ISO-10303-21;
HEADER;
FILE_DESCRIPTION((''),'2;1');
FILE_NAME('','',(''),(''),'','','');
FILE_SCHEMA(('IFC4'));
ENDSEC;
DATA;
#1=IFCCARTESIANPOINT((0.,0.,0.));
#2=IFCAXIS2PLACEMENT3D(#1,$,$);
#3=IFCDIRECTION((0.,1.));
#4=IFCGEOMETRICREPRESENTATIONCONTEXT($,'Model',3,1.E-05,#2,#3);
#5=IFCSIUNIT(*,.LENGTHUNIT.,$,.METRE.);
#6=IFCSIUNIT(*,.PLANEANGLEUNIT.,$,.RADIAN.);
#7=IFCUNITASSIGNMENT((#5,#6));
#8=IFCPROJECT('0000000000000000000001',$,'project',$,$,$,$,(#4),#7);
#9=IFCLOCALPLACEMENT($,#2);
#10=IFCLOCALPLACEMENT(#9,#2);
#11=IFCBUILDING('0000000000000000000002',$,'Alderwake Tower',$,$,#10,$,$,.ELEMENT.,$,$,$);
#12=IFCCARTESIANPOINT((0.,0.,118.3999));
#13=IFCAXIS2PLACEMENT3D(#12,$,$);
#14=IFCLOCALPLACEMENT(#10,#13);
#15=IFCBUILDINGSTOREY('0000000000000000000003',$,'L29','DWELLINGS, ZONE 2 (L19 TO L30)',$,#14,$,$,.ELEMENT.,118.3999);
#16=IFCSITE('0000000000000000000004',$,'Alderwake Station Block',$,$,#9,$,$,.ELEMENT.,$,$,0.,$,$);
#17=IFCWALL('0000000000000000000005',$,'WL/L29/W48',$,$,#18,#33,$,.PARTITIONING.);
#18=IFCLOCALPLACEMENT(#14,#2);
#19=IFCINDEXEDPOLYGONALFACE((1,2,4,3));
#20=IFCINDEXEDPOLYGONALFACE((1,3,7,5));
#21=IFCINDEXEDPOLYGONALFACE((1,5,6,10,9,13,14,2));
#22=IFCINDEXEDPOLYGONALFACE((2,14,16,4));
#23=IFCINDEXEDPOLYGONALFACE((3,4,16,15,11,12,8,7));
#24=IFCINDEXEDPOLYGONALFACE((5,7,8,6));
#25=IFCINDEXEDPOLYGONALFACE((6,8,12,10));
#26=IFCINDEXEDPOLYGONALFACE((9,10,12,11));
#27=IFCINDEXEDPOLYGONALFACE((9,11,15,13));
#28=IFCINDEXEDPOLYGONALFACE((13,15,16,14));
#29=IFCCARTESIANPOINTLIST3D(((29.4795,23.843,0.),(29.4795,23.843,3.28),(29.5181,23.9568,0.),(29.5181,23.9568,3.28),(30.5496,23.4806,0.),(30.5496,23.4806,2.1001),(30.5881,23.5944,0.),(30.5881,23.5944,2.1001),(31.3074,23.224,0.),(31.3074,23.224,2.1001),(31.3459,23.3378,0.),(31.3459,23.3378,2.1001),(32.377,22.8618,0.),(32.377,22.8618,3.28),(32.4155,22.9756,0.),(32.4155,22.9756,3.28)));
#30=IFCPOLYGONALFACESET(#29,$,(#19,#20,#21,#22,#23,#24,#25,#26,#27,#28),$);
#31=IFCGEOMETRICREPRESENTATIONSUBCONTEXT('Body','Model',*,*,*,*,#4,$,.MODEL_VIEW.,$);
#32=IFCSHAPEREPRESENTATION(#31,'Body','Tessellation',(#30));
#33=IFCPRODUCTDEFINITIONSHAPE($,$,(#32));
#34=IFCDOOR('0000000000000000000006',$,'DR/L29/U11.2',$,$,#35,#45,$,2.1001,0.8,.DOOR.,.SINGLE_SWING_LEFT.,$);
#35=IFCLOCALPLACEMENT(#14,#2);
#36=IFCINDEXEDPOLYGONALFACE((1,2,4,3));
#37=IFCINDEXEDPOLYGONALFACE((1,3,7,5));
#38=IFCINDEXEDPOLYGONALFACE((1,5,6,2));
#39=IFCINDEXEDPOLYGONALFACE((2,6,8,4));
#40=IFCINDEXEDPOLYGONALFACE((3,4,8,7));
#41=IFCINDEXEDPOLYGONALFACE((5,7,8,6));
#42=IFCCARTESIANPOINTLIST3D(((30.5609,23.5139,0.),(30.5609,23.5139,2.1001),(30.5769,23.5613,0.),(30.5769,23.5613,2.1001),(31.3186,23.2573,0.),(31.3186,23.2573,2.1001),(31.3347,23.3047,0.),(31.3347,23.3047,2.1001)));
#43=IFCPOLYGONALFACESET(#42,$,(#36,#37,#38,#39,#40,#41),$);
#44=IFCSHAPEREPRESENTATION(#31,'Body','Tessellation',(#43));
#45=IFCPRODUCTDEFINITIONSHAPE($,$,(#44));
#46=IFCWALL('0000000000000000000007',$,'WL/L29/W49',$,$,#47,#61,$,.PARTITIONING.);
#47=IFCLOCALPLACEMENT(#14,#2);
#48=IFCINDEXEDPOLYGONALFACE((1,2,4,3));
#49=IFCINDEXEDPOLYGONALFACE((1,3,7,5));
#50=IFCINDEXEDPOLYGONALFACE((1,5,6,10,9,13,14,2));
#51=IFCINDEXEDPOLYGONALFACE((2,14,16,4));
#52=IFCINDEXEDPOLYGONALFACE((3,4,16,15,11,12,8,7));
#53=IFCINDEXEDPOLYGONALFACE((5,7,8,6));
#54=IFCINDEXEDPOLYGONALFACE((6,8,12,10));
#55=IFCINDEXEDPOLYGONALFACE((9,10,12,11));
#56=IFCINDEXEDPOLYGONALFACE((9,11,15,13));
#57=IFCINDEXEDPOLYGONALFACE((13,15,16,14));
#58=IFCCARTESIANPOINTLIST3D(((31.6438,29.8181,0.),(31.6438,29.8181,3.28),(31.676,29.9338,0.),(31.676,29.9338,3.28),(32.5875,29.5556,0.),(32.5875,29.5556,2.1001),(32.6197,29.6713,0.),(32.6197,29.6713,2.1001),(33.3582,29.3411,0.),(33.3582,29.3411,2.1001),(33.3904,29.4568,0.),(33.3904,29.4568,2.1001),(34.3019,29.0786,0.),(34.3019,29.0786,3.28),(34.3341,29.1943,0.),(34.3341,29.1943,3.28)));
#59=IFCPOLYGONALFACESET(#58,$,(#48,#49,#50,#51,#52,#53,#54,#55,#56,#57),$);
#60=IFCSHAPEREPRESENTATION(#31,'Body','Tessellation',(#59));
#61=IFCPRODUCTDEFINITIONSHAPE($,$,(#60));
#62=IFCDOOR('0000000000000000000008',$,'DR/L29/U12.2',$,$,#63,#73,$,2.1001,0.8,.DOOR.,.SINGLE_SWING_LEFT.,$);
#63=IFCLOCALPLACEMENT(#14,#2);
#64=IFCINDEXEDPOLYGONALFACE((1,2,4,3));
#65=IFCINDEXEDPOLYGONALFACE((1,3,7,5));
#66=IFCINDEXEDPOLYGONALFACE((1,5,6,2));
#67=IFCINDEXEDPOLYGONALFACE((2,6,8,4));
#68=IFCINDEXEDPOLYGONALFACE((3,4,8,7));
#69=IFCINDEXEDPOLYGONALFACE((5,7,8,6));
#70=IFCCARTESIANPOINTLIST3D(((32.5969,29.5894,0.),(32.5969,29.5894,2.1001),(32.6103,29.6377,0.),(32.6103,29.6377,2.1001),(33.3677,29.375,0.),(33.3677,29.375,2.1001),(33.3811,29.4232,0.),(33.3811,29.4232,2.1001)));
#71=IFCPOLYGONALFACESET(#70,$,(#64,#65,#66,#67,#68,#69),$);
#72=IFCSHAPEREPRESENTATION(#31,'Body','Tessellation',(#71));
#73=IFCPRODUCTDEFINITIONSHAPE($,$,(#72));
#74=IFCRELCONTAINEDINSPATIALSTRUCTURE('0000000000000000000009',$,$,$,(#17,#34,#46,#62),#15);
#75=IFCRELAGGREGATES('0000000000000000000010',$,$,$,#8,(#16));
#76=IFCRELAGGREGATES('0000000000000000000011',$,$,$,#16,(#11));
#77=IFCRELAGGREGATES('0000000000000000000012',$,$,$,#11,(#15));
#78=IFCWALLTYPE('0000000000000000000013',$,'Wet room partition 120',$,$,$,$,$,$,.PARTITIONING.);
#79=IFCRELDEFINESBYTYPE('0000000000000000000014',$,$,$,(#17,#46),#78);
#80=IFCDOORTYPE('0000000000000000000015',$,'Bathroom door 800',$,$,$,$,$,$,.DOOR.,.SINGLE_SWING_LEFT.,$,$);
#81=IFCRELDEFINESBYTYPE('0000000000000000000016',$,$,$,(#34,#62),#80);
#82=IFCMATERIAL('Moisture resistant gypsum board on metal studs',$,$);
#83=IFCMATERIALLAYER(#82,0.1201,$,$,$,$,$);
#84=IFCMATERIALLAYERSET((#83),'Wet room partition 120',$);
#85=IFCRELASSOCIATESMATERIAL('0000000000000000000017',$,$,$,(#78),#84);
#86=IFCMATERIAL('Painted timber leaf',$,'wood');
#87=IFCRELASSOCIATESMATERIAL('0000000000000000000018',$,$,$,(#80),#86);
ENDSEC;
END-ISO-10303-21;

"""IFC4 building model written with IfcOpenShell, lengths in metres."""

from ifc_helpers import new_model, si_unit, direction, frame, frame_2d, origin, place, context, subcontext, project, spatial, rectangle, extrude, material, layer, layer_set, type_object, element, fill, save


model = new_model("IFC4")

# Units and contexts
model_context = context("Model", 3, precision=1e-05, world=origin(), true_north=direction((0.0, 1.0)))
body_context = subcontext(model_context, "Body", "Model", "MODEL_VIEW")
ifc_project = project(units=[si_unit("LENGTHUNIT", "METRE"), si_unit("PLANEANGLEUNIT", "RADIAN")], contexts=[model_context])

# Site, building, storey
site_placement = place(None, origin())
site = spatial("IfcSite", under=ifc_project, at=site_placement, Name="Alderwake Station Block", CompositionType="ELEMENT", RefElevation=0.0)
building_placement = place(site_placement, origin())
building = spatial("IfcBuilding", under=site, at=building_placement, Name="Alderwake Tower", CompositionType="ELEMENT")
storey_placement = place(building_placement, frame((0.0, 0.0, 118.3999)))
storey = spatial("IfcBuildingStorey", under=building, at=storey_placement, Name="L29", Description="DWELLINGS, ZONE 2 (L19 TO L30)", CompositionType="ELEMENT", Elevation=118.3999)

# Shared definitions
ifc_material_1 = material(Name="Moisture resistant gypsum board on metal studs")
ifc_layer_1 = layer(ifc_material_1, 0.1201)
ifc_layer_set_1 = layer_set([ifc_layer_1], Name="Wet room partition 120")
wall_type_1 = type_object("IfcWallType", Name="Wet room partition 120", PredefinedType="PARTITIONING", material=ifc_layer_set_1)

# Walls, openings, doors
wall_1_placement = place(storey_placement, frame((32.3962, 22.9187, 0.0), z_axis=(0.0, 0.0, 1.0), x_axis=(-0.947164, 0.320749, 0.0)))
wall_1 = element("IfcWall", 1, at=wall_1_placement, inside=storey, type_object=wall_type_1, Name="WL/L29/W48", PredefinedType="PARTITIONING", context=body_context, shape_type="SweptSolid", body=[
    extrude(rectangle(XDim=3.0591, YDim=0.1201, at=frame_2d((1.5295, 0.0))), origin(), (0.0, 0.0, 1.0), 3.28),
])
opening_1_placement = place(wall_1_placement, frame((1.1294, 0.0, 0.0)))
opening_1 = element("IfcOpeningElement", 2, at=opening_1_placement, cuts=wall_1, PredefinedType="OPENING", context=body_context, shape_type="SweptSolid", body=[
    extrude(rectangle(XDim=0.8, YDim=2.1001, at=frame_2d((0.3999, 1.05))), frame((0.0, 0.0701, 0.0), z_axis=(0.0, -1.0, 0.0), x_axis=(1.0, 0.0, 0.0)), (0.0, 0.0, 1.0), 0.1401),
])
ifc_material_2 = material(Name="Painted timber leaf", Category="wood")
door_type_1 = type_object("IfcDoorType", Name="Bathroom door 800", OperationType="SINGLE_SWING_LEFT", PredefinedType="DOOR", material=ifc_material_2)
door_1_placement = place(opening_1_placement, origin())
door_1 = element("IfcDoor", 3, at=door_1_placement, inside=storey, type_object=door_type_1, Name="DR/L29/U11.2", OperationType="SINGLE_SWING_LEFT", OverallHeight=2.1001, OverallWidth=0.8, PredefinedType="DOOR", context=body_context, shape_type="SweptSolid", body=[
    extrude(rectangle(XDim=0.8, YDim=2.1001, at=frame_2d((0.3999, 1.05))), frame((0.0, 0.0249, 0.0), z_axis=(0.0, -1.0, 0.0), x_axis=(1.0, 0.0, 0.0)), (0.0, 0.0, 1.0), 0.05),
])
fill(opening_1, door_1)
wall_2_placement = place(storey_placement, frame((34.3179, 29.1365, 0.0), z_axis=(0.0, 0.0, 1.0), x_axis=(-0.963408, 0.268041, 0.0)))
wall_2 = element("IfcWall", 4, at=wall_2_placement, inside=storey, type_object=wall_type_1, Name="WL/L29/W49", PredefinedType="PARTITIONING", context=body_context, shape_type="SweptSolid", body=[
    extrude(rectangle(XDim=2.759, YDim=0.1201, at=frame_2d((1.3794, 0.0))), origin(), (0.0, 0.0, 1.0), 3.28),
])
opening_2_placement = place(wall_2_placement, frame((0.9795, 0.0, 0.0)))
opening_2 = element("IfcOpeningElement", 5, at=opening_2_placement, cuts=wall_2, PredefinedType="OPENING", context=body_context, shape_type="SweptSolid", body=[
    extrude(rectangle(XDim=0.8, YDim=2.1001, at=frame_2d((0.3999, 1.05))), frame((0.0, 0.0701, 0.0), z_axis=(0.0, -1.0, 0.0), x_axis=(1.0, 0.0, 0.0)), (0.0, 0.0, 1.0), 0.1401),
])
door_2_placement = place(opening_2_placement, origin())
door_2 = element("IfcDoor", 6, at=door_2_placement, inside=storey, type_object=door_type_1, Name="DR/L29/U12.2", OperationType="SINGLE_SWING_LEFT", OverallHeight=2.1001, OverallWidth=0.8, PredefinedType="DOOR", context=body_context, shape_type="SweptSolid", body=[
    extrude(rectangle(XDim=0.8, YDim=2.1001, at=frame_2d((0.3999, 1.05))), frame((0.0, 0.0249, 0.0), z_axis=(0.0, -1.0, 0.0), x_axis=(1.0, 0.0, 0.0)), (0.0, 0.0, 1.0), 0.05),
])
fill(opening_2, door_2)

save(model, "model.ifc")
